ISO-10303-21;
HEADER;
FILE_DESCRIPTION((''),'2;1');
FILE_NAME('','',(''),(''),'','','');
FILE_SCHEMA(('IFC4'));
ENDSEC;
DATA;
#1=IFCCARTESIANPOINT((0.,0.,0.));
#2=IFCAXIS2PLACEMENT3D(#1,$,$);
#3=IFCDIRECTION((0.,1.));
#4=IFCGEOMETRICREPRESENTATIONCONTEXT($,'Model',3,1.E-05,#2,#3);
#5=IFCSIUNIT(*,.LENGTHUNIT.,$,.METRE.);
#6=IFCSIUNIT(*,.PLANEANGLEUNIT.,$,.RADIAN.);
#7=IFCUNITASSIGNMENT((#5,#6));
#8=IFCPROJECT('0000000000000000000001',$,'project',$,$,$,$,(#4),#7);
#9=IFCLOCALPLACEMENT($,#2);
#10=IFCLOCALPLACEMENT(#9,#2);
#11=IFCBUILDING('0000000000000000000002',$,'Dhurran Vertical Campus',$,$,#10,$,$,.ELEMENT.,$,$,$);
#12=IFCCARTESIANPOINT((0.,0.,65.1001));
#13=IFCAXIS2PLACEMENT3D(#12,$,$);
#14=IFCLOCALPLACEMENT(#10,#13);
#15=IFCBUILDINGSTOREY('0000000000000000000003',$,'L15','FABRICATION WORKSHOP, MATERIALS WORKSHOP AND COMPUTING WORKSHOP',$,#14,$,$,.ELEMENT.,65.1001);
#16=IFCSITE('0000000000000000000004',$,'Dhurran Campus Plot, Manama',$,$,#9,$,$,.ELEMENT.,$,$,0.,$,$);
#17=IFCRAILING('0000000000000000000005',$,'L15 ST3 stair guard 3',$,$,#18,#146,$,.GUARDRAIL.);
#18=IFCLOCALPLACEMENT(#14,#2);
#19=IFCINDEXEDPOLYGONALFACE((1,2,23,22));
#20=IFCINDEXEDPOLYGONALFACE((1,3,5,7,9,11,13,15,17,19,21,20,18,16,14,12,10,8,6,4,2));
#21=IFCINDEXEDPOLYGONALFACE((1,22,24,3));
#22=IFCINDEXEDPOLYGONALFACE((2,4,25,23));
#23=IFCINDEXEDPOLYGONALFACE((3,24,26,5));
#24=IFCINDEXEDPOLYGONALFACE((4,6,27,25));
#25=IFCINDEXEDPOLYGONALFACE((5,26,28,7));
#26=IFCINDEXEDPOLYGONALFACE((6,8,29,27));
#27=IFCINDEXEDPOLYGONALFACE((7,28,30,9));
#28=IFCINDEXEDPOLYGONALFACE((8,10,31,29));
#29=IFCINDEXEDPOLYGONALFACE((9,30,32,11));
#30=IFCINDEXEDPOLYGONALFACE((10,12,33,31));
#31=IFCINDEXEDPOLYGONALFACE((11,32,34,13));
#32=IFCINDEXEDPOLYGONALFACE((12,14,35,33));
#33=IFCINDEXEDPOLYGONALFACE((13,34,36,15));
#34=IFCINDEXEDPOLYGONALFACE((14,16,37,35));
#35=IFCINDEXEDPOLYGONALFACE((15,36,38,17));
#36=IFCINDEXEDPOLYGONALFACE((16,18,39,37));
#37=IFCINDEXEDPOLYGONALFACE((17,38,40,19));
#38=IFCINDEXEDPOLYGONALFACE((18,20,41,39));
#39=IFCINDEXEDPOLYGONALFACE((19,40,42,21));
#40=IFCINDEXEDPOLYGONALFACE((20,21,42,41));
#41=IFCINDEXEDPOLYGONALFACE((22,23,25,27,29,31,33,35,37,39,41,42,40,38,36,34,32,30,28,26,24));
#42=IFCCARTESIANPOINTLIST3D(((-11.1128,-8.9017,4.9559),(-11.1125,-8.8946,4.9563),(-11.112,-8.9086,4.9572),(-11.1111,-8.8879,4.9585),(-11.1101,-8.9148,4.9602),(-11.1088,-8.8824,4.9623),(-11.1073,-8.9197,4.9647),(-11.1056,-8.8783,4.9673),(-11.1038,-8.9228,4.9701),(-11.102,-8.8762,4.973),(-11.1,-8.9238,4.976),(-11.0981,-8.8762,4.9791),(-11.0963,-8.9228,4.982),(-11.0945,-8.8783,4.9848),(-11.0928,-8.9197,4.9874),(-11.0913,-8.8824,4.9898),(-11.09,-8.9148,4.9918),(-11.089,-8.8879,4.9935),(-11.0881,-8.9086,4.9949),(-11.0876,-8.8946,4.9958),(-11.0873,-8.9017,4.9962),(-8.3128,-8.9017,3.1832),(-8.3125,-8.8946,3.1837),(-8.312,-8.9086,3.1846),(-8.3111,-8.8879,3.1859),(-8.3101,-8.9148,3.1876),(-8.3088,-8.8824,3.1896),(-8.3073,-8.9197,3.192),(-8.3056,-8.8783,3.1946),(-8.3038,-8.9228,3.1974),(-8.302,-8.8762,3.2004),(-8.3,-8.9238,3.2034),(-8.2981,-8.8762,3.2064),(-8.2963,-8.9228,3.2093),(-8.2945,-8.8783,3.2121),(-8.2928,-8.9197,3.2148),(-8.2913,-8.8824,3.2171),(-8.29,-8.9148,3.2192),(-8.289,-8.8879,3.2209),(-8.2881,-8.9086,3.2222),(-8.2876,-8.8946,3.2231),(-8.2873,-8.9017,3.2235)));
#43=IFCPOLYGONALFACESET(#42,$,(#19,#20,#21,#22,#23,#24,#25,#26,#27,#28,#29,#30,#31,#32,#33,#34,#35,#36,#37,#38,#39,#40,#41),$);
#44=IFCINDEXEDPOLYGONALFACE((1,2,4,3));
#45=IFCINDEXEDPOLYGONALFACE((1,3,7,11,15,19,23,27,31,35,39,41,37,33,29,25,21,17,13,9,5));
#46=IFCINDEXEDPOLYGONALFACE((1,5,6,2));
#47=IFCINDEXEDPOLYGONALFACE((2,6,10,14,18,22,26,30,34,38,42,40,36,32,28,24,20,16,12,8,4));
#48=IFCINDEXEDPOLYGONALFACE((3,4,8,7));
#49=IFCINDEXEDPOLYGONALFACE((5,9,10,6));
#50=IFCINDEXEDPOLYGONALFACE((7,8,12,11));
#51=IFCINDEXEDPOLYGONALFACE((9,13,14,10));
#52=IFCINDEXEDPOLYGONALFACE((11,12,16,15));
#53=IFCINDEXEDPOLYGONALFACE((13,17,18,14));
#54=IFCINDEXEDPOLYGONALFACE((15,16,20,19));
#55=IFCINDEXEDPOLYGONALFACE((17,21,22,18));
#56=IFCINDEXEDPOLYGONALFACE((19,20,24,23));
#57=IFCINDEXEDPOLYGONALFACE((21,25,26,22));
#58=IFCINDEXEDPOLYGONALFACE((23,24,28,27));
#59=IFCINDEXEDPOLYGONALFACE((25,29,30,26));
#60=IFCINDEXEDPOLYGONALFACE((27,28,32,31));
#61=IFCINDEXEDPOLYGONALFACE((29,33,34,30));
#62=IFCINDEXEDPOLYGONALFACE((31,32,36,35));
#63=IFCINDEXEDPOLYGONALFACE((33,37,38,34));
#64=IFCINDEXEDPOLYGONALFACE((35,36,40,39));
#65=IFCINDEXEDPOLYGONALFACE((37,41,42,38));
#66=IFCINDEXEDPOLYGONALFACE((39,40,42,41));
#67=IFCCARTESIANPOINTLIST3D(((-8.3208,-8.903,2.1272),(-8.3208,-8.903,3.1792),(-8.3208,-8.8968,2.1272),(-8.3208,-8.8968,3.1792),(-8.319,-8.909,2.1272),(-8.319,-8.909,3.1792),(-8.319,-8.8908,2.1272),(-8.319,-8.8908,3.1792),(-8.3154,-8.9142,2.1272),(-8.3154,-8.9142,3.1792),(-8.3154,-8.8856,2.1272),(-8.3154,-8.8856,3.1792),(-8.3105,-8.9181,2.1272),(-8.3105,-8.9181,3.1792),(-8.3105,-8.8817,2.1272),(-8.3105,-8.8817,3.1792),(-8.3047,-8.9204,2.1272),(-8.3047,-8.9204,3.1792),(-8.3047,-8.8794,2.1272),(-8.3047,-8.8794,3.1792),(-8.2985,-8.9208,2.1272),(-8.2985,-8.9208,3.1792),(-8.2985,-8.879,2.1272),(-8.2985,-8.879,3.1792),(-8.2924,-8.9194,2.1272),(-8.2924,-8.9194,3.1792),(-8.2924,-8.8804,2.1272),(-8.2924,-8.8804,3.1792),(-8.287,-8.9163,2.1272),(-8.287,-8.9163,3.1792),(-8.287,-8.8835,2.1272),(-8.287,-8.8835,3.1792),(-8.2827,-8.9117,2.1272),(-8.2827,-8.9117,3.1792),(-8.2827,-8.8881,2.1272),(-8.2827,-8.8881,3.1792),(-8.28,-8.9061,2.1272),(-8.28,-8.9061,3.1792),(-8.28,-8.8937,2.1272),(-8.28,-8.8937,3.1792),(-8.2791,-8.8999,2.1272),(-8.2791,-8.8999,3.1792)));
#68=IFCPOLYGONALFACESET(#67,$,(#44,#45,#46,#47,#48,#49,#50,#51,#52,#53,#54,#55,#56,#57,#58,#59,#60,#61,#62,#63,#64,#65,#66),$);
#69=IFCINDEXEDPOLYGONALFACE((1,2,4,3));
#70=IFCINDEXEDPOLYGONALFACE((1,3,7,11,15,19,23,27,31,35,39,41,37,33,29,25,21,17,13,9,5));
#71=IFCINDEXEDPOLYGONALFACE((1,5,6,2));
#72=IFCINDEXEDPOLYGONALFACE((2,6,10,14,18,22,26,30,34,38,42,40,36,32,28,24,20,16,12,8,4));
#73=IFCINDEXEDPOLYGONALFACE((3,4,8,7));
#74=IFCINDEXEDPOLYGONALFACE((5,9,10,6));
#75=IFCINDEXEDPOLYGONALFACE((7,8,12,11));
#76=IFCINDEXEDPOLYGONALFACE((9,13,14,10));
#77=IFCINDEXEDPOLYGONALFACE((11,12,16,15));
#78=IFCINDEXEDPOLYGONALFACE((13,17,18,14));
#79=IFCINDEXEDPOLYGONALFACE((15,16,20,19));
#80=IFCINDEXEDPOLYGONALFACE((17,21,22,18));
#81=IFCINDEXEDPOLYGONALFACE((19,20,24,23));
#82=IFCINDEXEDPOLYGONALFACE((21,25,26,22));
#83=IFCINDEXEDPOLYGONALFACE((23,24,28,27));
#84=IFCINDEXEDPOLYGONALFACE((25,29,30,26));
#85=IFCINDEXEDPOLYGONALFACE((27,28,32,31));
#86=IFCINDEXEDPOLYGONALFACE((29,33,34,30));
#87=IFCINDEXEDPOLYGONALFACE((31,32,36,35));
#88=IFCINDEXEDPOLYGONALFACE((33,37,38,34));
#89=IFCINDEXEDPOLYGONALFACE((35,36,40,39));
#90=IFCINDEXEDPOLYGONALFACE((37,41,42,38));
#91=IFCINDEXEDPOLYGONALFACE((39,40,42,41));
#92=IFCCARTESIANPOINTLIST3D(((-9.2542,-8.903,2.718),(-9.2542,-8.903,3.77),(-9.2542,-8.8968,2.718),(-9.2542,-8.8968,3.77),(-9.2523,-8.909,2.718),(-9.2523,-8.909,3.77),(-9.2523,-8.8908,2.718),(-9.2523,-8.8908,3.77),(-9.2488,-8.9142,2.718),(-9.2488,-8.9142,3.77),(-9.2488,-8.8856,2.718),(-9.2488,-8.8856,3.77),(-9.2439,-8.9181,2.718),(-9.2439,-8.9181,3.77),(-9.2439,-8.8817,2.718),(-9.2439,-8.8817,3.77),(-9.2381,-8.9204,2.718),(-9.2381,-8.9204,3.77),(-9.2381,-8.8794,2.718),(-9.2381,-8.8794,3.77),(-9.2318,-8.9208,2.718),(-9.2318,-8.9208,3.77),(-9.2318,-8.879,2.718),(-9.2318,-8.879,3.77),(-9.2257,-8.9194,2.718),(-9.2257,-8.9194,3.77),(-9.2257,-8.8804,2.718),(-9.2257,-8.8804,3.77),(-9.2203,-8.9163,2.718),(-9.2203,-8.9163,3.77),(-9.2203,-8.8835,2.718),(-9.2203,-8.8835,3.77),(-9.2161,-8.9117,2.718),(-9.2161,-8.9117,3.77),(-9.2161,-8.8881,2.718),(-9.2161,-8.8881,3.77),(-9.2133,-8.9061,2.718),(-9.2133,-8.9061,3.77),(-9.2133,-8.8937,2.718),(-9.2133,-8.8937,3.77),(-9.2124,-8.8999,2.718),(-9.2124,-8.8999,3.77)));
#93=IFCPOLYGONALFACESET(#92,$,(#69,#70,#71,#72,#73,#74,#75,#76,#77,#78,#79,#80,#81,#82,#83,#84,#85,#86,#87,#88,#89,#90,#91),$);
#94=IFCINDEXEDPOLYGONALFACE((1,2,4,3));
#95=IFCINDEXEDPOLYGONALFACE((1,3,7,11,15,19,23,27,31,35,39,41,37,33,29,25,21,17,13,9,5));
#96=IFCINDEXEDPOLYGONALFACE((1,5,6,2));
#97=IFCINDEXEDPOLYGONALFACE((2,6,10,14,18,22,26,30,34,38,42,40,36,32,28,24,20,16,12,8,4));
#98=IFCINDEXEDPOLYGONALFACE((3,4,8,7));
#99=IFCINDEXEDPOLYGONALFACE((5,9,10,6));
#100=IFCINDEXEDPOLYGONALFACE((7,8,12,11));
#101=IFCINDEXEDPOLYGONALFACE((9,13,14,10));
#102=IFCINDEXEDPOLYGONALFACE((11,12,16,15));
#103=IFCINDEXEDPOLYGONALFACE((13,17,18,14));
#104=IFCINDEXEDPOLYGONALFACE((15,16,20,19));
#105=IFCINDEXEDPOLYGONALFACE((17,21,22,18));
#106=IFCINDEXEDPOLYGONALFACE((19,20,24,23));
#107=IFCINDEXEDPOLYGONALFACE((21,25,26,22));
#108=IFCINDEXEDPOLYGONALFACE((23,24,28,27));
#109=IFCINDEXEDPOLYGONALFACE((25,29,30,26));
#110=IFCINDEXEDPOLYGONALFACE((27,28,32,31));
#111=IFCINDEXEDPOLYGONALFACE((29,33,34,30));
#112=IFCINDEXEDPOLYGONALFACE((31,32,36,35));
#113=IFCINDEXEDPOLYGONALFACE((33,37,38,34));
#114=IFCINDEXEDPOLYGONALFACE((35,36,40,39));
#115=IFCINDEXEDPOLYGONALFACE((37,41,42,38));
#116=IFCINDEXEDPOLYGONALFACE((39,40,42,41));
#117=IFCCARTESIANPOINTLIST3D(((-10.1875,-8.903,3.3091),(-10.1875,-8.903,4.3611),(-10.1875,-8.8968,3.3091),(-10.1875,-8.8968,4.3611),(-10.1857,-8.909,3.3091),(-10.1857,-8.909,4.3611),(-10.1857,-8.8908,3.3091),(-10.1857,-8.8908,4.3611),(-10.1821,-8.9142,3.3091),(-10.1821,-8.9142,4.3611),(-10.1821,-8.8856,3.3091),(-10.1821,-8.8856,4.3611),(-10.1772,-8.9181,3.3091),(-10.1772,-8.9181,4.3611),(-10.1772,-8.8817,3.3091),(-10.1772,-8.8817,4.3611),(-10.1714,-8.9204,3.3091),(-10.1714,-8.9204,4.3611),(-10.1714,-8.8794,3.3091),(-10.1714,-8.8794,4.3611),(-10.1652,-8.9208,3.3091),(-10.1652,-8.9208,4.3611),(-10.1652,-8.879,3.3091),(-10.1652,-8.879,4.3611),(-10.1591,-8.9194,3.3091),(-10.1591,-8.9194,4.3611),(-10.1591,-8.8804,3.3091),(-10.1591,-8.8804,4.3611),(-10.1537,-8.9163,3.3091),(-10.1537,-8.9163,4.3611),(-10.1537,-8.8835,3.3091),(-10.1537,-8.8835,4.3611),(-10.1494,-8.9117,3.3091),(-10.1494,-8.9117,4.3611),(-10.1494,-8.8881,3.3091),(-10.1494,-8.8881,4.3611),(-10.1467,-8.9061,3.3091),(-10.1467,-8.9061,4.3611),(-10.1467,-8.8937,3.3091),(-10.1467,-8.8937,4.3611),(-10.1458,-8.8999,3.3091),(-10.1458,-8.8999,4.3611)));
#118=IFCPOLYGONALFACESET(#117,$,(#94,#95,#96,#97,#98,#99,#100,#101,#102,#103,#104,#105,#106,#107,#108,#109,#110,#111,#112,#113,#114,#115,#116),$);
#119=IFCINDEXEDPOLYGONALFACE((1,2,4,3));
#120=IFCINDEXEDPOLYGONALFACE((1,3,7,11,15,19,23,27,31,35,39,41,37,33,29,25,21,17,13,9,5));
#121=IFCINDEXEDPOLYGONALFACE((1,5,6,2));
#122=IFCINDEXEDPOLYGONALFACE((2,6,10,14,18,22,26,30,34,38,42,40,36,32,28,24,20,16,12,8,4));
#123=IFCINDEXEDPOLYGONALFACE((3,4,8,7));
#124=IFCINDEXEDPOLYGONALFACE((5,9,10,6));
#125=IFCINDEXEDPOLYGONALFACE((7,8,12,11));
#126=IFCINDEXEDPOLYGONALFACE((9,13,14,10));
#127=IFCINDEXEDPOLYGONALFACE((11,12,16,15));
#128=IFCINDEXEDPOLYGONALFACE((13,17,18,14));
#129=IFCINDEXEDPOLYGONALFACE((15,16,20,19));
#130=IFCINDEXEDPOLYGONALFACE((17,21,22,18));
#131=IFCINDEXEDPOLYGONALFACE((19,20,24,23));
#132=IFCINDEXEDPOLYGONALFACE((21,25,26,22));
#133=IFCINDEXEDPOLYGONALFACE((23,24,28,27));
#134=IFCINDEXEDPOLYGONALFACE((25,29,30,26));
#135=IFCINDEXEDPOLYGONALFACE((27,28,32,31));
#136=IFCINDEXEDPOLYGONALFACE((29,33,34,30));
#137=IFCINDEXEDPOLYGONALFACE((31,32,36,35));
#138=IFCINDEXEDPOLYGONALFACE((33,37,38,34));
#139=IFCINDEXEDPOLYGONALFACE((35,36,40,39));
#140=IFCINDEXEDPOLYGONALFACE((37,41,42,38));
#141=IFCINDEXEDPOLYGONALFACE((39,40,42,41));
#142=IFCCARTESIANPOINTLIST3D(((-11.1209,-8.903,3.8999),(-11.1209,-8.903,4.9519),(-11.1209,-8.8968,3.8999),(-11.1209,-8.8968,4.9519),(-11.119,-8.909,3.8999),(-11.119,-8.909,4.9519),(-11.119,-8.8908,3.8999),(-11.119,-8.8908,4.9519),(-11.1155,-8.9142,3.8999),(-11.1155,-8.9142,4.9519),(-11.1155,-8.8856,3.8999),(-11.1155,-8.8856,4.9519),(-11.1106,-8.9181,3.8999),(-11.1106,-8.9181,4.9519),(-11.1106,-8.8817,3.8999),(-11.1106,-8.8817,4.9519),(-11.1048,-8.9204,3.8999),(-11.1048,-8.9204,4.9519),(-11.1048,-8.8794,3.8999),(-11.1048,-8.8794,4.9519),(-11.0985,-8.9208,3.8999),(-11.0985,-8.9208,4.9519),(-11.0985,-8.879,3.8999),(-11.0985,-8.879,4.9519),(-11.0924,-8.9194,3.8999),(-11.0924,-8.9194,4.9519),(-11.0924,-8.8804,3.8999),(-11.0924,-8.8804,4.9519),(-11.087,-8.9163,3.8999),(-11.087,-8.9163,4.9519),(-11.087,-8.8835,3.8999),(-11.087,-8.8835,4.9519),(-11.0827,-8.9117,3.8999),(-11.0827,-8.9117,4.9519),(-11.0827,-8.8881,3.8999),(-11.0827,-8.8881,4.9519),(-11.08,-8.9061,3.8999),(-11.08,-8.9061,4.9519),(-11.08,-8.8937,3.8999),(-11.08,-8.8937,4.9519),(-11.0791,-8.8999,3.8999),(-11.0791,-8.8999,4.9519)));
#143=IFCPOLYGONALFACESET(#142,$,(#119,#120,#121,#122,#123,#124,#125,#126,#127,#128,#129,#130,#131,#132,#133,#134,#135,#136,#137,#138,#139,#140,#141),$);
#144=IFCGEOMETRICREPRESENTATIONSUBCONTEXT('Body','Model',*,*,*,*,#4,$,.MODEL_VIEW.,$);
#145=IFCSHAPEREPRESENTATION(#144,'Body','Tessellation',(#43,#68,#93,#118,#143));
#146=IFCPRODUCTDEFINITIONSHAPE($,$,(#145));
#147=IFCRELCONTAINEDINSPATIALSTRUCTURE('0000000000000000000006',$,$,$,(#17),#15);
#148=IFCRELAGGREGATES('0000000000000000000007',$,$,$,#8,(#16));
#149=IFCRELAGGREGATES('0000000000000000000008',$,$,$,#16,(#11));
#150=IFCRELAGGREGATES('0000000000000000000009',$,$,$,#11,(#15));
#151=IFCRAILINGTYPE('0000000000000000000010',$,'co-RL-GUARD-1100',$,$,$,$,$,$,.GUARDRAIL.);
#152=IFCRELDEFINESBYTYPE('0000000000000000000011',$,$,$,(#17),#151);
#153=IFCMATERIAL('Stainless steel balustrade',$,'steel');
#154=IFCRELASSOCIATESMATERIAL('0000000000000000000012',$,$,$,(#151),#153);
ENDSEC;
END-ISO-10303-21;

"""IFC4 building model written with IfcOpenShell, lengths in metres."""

from ifc_helpers import new_model, si_unit, direction, frame, origin, origin_2d, place, context, subcontext, project, spatial, circle, extrude, material, type_object, element, save


model = new_model("IFC4")

# Units and contexts
model_context = context("Model", 3, precision=1e-05, world=origin(), true_north=direction((0.0, 1.0)))
body_context = subcontext(model_context, "Body", "Model", "MODEL_VIEW")
ifc_project = project(units=[si_unit("LENGTHUNIT", "METRE"), si_unit("PLANEANGLEUNIT", "RADIAN")], contexts=[model_context])

# Site, building, storey
site_placement = place(None, origin())
site = spatial("IfcSite", under=ifc_project, at=site_placement, Name="Dhurran Campus Plot, Manama", CompositionType="ELEMENT", RefElevation=0.0)
building_placement = place(site_placement, origin())
building = spatial("IfcBuilding", under=site, at=building_placement, Name="Dhurran Vertical Campus", CompositionType="ELEMENT")
storey_placement = place(building_placement, frame((0.0, 0.0, 65.1001)))
storey = spatial("IfcBuildingStorey", under=building, at=storey_placement, Name="L15", Description="FABRICATION WORKSHOP, MATERIALS WORKSHOP AND COMPUTING WORKSHOP", CompositionType="ELEMENT", Elevation=65.1001)

# Railing
ifc_material_1 = material(Name="Stainless steel balustrade", Category="steel")
railing_type_1 = type_object("IfcRailingType", Name="co-RL-GUARD-1100", PredefinedType="GUARDRAIL", material=ifc_material_1)
railing_1_placement = place(storey_placement, frame((-8.3, -8.8999, 2.1272)))
element("IfcRailing", 1, at=railing_1_placement, inside=storey, type_object=railing_type_1, Name="L15 ST3 stair guard 3", PredefinedType="GUARDRAIL", context=body_context, shape_type="SweptSolid", body=[
    extrude(circle(Radius=0.0239, at=origin_2d()), frame((0.0, 0.0, 1.0762), z_axis=(-0.844909, 0.0, 0.53491), x_axis=(0.0, -1.0, 0.0)), (0.0, 0.0, 1.0), 3.314),
    extrude(circle(Radius=0.021, at=origin_2d()), origin(), (0.0, 0.0, 1.0), 1.052),
    extrude(circle(Radius=0.021, at=origin_2d()), frame((-0.9333, 0.0, 0.5908)), (0.0, 0.0, 1.0), 1.052),
    extrude(circle(Radius=0.021, at=origin_2d()), frame((-1.8667, 0.0, 1.1819)), (0.0, 0.0, 1.0), 1.052),
    extrude(circle(Radius=0.021, at=origin_2d()), frame((-2.8, 0.0, 1.7727)), (0.0, 0.0, 1.0), 1.052),
])

save(model, "model.ifc")
